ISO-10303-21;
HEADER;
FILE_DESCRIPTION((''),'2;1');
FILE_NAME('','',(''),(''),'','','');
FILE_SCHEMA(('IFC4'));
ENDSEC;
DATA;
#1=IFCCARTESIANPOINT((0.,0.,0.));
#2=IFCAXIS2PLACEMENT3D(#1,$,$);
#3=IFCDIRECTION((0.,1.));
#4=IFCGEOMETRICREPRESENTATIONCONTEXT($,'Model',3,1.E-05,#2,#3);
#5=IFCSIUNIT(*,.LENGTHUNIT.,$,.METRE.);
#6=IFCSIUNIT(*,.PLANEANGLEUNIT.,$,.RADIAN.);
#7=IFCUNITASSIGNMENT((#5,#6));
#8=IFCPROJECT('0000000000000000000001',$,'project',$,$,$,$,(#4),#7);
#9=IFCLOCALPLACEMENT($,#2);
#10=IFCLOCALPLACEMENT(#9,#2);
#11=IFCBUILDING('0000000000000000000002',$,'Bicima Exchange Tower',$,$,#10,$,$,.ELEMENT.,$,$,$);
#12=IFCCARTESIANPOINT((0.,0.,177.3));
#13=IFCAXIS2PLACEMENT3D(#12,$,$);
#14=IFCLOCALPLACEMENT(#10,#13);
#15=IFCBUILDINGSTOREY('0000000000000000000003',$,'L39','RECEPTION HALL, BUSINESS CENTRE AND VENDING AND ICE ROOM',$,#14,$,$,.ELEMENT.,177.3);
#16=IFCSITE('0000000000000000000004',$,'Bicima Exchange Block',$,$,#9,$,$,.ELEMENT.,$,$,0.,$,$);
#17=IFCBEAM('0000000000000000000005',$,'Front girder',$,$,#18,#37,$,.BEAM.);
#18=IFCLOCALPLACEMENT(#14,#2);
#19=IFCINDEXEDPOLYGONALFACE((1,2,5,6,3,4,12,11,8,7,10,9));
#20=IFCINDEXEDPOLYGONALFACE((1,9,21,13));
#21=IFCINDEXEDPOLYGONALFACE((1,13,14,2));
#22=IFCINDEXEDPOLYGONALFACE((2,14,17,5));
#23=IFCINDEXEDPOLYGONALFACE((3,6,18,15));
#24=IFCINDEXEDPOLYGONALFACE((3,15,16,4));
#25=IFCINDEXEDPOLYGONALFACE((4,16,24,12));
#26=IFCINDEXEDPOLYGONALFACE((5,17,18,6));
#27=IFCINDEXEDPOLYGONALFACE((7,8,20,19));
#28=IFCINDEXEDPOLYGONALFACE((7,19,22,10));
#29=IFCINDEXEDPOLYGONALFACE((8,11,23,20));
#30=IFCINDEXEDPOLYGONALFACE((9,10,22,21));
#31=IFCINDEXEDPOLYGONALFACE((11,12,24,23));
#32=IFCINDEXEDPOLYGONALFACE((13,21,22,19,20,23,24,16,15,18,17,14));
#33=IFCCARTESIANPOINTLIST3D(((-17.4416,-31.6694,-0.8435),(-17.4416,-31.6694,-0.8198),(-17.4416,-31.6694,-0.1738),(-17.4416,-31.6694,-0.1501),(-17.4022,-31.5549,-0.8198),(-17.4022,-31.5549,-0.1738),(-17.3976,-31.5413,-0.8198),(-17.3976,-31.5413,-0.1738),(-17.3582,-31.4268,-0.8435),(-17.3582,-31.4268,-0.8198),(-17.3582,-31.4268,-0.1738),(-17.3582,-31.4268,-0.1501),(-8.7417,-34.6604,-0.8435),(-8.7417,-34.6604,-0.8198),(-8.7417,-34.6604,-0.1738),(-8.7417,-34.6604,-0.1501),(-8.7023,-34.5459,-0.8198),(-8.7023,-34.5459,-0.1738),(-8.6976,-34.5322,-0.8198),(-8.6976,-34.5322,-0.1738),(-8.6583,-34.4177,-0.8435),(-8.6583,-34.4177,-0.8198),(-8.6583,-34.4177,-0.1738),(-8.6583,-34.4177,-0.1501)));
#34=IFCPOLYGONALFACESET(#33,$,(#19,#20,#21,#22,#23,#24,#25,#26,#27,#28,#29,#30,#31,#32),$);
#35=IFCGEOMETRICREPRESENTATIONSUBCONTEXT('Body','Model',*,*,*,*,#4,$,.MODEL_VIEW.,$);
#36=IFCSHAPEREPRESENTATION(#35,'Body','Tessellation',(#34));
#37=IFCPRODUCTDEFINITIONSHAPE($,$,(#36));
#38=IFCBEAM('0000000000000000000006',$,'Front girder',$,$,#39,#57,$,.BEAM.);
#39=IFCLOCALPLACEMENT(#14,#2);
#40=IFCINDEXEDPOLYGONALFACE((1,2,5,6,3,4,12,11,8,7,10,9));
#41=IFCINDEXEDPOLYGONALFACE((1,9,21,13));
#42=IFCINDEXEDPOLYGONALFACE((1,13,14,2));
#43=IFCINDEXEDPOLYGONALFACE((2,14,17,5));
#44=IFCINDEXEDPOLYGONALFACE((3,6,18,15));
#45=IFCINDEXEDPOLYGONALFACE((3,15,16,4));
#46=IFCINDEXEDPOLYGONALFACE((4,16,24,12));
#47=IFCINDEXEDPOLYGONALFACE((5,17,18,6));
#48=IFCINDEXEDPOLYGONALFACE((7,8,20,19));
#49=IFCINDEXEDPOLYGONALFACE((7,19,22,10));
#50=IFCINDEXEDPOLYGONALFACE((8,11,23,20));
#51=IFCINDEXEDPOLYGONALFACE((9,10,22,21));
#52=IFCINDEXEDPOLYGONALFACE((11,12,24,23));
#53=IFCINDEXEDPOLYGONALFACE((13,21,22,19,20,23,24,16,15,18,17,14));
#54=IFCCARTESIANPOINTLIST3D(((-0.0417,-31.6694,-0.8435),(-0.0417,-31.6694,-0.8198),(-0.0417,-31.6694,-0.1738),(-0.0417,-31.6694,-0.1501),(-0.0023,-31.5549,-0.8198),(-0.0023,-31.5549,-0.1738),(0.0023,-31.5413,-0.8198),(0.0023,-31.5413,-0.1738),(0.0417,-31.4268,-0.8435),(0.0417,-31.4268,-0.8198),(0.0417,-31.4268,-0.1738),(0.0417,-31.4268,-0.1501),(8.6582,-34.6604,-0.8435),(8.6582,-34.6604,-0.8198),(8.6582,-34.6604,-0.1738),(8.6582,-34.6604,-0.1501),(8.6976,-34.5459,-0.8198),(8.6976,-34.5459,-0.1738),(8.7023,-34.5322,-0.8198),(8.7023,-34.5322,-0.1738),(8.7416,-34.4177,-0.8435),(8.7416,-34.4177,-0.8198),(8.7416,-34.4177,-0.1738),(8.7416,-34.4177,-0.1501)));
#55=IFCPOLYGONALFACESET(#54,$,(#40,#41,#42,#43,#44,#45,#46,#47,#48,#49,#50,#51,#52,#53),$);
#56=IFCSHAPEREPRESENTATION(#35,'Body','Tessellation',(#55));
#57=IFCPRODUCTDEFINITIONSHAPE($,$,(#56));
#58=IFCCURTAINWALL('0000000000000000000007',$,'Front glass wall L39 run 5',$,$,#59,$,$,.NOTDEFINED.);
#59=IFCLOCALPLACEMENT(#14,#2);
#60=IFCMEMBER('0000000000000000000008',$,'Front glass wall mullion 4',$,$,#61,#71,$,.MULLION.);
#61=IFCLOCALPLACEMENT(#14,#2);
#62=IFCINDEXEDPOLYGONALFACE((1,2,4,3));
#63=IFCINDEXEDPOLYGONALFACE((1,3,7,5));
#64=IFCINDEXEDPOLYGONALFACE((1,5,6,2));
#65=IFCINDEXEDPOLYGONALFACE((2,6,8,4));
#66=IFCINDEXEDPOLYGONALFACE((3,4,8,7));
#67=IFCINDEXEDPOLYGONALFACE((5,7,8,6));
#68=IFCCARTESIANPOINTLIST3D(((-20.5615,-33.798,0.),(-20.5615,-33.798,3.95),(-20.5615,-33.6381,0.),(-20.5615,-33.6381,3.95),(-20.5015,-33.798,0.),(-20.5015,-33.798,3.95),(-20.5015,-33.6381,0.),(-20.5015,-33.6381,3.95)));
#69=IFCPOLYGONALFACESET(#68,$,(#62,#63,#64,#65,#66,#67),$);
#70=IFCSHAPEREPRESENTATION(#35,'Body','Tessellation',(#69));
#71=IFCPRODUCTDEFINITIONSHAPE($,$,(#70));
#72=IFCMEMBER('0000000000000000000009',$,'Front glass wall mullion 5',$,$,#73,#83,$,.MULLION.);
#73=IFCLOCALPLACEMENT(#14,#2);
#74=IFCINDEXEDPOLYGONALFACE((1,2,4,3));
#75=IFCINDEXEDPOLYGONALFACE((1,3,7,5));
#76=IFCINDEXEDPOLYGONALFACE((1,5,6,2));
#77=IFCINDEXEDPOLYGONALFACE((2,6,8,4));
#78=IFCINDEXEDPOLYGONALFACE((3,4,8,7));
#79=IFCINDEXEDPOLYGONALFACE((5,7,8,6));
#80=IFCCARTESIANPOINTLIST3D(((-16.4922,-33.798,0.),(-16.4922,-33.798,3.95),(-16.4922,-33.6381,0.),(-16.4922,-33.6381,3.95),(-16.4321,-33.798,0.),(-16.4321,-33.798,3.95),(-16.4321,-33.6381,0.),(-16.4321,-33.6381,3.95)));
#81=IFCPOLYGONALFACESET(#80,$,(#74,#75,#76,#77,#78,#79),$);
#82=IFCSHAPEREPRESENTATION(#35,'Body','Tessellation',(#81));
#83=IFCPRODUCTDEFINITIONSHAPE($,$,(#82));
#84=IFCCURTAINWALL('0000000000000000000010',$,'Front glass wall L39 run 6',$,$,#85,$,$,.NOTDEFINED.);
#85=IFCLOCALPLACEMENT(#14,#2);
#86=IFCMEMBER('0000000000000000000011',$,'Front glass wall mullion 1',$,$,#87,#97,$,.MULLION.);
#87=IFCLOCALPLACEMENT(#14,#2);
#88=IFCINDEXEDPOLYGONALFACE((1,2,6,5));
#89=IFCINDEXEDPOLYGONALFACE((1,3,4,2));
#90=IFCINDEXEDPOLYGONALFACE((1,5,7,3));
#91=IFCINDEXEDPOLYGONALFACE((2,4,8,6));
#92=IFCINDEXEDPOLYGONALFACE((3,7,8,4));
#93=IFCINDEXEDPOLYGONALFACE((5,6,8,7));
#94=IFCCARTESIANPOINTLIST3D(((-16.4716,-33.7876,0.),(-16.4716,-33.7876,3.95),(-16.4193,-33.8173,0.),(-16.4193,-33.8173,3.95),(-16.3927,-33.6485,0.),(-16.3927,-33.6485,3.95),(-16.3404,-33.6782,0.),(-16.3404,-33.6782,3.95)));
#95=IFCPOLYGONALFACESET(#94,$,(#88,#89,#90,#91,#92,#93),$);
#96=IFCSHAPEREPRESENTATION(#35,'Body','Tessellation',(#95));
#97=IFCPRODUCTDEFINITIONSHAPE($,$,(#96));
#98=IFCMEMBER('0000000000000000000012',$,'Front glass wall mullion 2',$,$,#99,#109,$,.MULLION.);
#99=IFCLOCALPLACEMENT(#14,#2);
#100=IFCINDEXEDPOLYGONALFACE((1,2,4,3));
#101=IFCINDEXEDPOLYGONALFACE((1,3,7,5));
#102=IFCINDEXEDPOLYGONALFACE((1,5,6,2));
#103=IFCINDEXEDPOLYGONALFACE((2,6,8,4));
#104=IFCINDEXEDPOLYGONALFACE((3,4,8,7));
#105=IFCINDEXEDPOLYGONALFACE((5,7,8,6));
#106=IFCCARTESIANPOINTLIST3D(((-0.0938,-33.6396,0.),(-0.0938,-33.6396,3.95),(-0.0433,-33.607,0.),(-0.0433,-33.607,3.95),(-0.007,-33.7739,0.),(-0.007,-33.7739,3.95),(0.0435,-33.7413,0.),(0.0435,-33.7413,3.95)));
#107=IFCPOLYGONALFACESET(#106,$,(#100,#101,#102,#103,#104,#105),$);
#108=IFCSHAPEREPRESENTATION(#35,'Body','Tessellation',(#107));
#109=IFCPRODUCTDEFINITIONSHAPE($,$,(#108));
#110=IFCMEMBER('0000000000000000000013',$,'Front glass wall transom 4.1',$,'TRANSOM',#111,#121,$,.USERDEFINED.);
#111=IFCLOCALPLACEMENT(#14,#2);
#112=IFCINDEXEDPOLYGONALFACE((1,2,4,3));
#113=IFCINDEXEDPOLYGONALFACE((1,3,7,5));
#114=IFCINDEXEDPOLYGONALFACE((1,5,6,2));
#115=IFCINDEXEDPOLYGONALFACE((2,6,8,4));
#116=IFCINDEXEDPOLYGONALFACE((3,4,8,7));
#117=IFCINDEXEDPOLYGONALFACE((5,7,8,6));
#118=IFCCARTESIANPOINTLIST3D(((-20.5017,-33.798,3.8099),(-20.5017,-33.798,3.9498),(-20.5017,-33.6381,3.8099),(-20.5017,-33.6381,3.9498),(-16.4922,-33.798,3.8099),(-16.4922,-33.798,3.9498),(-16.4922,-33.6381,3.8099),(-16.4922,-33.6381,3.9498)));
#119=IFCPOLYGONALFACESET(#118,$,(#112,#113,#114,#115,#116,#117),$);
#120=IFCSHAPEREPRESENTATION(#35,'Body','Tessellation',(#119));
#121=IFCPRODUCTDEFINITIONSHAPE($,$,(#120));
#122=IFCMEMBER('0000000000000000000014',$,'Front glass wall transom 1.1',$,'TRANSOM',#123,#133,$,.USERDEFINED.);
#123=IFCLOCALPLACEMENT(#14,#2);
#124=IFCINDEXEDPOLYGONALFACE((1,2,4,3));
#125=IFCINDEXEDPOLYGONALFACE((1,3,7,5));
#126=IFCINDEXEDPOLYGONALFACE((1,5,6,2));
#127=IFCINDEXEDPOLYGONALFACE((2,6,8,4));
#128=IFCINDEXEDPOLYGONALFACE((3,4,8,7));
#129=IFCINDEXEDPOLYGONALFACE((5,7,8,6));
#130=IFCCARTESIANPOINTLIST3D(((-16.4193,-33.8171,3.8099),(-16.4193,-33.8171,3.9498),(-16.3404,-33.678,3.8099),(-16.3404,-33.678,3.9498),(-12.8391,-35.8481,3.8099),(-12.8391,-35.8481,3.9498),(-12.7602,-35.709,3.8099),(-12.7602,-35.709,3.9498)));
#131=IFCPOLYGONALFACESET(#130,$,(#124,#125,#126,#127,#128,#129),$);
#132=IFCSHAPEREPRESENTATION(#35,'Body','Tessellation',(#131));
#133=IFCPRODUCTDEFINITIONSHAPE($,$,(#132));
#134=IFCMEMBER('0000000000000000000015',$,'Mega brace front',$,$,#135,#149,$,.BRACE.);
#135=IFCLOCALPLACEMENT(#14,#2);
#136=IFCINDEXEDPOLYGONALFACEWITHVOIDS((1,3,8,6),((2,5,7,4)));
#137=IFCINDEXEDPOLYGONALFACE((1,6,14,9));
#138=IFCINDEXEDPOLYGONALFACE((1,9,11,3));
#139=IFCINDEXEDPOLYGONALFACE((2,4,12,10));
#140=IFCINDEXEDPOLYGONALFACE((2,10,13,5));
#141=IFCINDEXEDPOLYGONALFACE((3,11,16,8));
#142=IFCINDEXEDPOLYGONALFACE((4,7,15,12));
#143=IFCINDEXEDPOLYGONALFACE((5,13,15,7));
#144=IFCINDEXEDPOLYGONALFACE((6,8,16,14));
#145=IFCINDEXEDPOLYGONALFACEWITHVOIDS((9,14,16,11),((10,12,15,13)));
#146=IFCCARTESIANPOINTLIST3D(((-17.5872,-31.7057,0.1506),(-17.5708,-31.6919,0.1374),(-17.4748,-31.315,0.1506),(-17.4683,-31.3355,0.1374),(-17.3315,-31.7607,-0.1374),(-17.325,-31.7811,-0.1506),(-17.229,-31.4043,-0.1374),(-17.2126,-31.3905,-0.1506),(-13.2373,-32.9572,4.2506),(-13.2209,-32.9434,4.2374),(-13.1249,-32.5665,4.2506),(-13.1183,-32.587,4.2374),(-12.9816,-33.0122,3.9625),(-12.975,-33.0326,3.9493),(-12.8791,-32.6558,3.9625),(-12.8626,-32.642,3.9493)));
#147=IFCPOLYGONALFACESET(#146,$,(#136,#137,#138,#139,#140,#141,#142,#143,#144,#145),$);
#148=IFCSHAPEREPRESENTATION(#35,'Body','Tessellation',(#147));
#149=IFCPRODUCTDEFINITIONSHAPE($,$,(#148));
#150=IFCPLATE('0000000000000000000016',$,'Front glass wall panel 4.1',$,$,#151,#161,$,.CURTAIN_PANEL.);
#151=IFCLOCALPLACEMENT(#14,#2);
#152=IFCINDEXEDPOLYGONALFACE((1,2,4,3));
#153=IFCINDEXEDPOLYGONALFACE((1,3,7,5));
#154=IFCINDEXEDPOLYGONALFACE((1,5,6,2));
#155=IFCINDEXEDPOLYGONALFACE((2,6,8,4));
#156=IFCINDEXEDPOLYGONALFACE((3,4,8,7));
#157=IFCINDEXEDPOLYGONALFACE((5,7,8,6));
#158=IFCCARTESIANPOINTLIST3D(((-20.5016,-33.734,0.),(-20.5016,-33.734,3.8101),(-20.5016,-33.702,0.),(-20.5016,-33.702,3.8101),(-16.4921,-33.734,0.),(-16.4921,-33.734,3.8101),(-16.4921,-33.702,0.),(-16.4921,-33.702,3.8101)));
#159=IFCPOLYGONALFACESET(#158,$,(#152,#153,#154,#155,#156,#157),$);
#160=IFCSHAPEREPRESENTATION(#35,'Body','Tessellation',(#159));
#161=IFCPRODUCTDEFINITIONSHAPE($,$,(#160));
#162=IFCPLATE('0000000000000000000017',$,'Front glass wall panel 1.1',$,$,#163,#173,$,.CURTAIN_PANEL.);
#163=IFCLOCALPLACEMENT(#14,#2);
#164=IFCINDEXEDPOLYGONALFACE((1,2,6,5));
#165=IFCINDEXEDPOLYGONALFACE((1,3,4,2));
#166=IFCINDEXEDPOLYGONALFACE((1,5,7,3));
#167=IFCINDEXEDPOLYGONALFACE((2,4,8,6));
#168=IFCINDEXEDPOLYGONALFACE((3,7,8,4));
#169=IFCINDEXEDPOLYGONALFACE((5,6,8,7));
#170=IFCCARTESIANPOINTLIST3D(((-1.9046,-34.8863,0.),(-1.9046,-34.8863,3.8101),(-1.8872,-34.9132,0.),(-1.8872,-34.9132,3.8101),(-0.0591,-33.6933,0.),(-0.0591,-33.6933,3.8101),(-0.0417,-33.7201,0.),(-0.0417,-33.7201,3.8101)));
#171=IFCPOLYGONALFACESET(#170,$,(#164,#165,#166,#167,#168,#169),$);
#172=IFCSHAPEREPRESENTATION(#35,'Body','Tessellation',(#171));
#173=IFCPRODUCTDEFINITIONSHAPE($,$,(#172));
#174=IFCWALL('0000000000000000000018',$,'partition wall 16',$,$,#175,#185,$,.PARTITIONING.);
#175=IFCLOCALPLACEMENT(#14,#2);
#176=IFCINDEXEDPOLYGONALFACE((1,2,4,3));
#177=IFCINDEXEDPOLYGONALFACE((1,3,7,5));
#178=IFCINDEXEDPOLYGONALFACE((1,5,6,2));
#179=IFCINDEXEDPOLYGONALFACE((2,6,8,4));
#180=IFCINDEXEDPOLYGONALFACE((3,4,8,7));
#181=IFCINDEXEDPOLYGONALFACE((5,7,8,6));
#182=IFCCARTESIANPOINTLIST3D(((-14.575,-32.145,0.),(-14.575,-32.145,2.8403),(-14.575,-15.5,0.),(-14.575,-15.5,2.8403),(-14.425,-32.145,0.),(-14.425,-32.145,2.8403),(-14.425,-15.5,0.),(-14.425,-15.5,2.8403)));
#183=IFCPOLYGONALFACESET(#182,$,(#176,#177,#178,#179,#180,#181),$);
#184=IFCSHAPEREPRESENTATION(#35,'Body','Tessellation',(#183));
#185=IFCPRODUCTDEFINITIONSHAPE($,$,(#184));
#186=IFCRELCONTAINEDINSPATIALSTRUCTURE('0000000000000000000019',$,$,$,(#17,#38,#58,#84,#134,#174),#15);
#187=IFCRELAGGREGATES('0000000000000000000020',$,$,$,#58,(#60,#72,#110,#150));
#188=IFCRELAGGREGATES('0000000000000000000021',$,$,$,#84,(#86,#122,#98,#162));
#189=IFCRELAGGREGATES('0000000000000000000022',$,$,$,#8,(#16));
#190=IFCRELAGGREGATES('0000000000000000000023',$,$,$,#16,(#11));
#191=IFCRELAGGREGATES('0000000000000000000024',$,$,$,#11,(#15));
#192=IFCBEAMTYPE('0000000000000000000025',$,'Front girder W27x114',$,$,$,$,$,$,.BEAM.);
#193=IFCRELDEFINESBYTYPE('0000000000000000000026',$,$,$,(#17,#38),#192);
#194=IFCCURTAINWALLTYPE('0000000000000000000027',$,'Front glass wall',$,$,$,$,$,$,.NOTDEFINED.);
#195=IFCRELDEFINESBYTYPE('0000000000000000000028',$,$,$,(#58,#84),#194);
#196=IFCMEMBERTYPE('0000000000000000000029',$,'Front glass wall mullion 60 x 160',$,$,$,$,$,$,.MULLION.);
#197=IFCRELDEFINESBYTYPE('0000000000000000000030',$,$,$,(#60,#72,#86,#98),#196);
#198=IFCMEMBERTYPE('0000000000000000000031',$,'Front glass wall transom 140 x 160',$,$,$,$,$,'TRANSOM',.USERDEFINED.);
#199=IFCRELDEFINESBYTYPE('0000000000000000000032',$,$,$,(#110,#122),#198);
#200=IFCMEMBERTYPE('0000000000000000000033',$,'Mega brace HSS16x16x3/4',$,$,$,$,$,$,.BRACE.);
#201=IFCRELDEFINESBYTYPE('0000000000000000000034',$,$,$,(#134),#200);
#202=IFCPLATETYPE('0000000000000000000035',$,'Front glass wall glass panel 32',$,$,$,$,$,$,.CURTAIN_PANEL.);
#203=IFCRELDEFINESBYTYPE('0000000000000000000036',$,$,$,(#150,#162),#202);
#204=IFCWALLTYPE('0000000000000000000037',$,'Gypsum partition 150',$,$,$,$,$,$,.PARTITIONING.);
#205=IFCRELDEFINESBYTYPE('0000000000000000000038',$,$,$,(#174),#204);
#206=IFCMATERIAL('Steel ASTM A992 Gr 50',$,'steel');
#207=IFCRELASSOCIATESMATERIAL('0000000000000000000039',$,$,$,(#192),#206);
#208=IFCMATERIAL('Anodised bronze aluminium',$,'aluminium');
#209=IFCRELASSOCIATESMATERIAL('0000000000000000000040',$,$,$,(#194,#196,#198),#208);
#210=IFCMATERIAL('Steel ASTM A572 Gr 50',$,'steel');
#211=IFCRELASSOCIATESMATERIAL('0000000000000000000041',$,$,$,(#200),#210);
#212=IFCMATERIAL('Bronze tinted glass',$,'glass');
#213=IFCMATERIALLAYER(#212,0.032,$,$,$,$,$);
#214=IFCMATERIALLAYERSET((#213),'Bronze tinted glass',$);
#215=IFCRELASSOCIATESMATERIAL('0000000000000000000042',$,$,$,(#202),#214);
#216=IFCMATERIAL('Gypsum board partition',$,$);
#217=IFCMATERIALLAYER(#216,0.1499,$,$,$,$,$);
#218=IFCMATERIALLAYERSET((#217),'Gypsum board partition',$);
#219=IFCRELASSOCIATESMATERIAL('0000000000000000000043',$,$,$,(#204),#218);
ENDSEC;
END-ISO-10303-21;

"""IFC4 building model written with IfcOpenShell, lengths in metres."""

from ifc_helpers import new_model, si_unit, direction, frame, frame_2d, origin, origin_2d, place, context, subcontext, project, spatial, rectangle, hollow_rectangle, i_section, extrude, material, layer, layer_set, material_profile, profile_set, type_object, element, aggregate, save


model = new_model("IFC4")

# Units and contexts
model_context = context("Model", 3, precision=1e-05, world=origin(), true_north=direction((0.0, 1.0)))
body_context = subcontext(model_context, "Body", "Model", "MODEL_VIEW")
ifc_project = project(units=[si_unit("LENGTHUNIT", "METRE"), si_unit("PLANEANGLEUNIT", "RADIAN")], contexts=[model_context])

# Site, building, storey
site_placement = place(None, origin())
site = spatial("IfcSite", under=ifc_project, at=site_placement, Name="Bicima Exchange Block", CompositionType="ELEMENT", RefElevation=0.0)
building_placement = place(site_placement, origin())
building = spatial("IfcBuilding", under=site, at=building_placement, Name="Bicima Exchange Tower", CompositionType="ELEMENT")
storey_placement = place(building_placement, frame((0.0, 0.0, 177.3)))
storey = spatial("IfcBuildingStorey", under=building, at=storey_placement, Name="L39", Description="RECEPTION HALL, BUSINESS CENTRE AND VENDING AND ICE ROOM", CompositionType="ELEMENT", Elevation=177.3)

# Shared definitions
ifc_material_1 = material(Name="Steel ASTM A992 Gr 50", Category="steel")

# Beams
ifc_material_profile_1 = material_profile(ifc_material_1, i_section(OverallWidth=0.2566, OverallDepth=0.6934, WebThickness=0.0144, FlangeThickness=0.0237, at=origin_2d()))
ifc_profile_set_1 = profile_set([ifc_material_profile_1], Name="Steel ASTM A992 Gr 50")
beam_type_1 = type_object("IfcBeamType", Name="Front girder W27x114", PredefinedType="BEAM", material=ifc_profile_set_1)
for number, where, z_axis, x_axis, name in (
    (1, (-17.3999, -31.5481, -0.4968), (0.945675, -0.325115, 0.0), (0.325115, 0.945675, 0.0), "Front girder"),
    (2, (0.0, -31.5481, -0.4968), (0.945675, -0.325115, 0.0), (0.325115, 0.945675, 0.0), "Front girder"),
):
    element("IfcBeam", number, at=place(storey_placement, frame(where, z_axis=z_axis, x_axis=x_axis)), inside=storey, type_object=beam_type_1, Name=name, PredefinedType="BEAM", context=body_context, shape_type="SweptSolid", body=[
        extrude(i_section(OverallWidth=0.2566, OverallDepth=0.6934, WebThickness=0.0144, FlangeThickness=0.0237, at=origin_2d()), origin(), (0.0, 0.0, 1.0), 9.1997),
    ])

# Curtain walls, members
ifc_material_2 = material(Name="Anodised bronze aluminium", Category="aluminium")
curtain_wall_type = type_object("IfcCurtainWallType", Name="Front glass wall", PredefinedType="NOTDEFINED", material=ifc_material_2)
curtain_wall_1_placement = place(storey_placement, origin())
curtain_wall_1 = element("IfcCurtainWall", 3, at=curtain_wall_1_placement, inside=storey, type_object=curtain_wall_type, Name="Front glass wall L39 run 5", PredefinedType="NOTDEFINED")
ifc_material_profile_2 = material_profile(ifc_material_2, rectangle(XDim=0.1599, YDim=0.0601, at=origin_2d()))
ifc_profile_set_2 = profile_set([ifc_material_profile_2], Name="Anodised bronze aluminium")
member_type_1 = type_object("IfcMemberType", Name="Front glass wall mullion 60 x 160", PredefinedType="MULLION", material=ifc_profile_set_2)
member_1_placement = place(storey_placement, frame((-20.5315, -33.718, 0.0), z_axis=(0.0, 0.0, 1.0), x_axis=(0.0, 1.0, 0.0)))
member_1 = element("IfcMember", 4, at=member_1_placement, type_object=member_type_1, Name="Front glass wall mullion 4", PredefinedType="MULLION", context=body_context, shape_type="SweptSolid", body=[
    extrude(rectangle(XDim=0.1599, YDim=0.0601, at=origin_2d()), origin(), (0.0, 0.0, 1.0), 3.95),
])
member_2_placement = place(storey_placement, frame((-16.4622, -33.718, 0.0), z_axis=(0.0, 0.0, 1.0), x_axis=(0.0, 1.0, 0.0)))
member_2 = element("IfcMember", 5, at=member_2_placement, type_object=member_type_1, Name="Front glass wall mullion 5", PredefinedType="MULLION", context=body_context, shape_type="SweptSolid", body=[
    extrude(rectangle(XDim=0.1599, YDim=0.0601, at=origin_2d()), origin(), (0.0, 0.0, 1.0), 3.95),
])
curtain_wall_2_placement = place(storey_placement, origin())
curtain_wall_2 = element("IfcCurtainWall", 6, at=curtain_wall_2_placement, inside=storey, type_object=curtain_wall_type, Name="Front glass wall L39 run 6", PredefinedType="NOTDEFINED")
member_3_placement = place(storey_placement, frame((-16.406, -33.7329, 0.0), z_axis=(0.0, 0.0, 1.0), x_axis=(0.493395, 0.869805, 0.0)))
member_3 = element("IfcMember", 7, at=member_3_placement, type_object=member_type_1, Name="Front glass wall mullion 1", PredefinedType="MULLION", context=body_context, shape_type="SweptSolid", body=[
    extrude(rectangle(XDim=0.1599, YDim=0.0601, at=origin_2d()), origin(), (0.0, 0.0, 1.0), 3.95),
])
member_4_placement = place(storey_placement, frame((-0.0251, -33.6904, 0.0), z_axis=(0.0, 0.0, 1.0), x_axis=(-0.542897, 0.839799, 0.0)))
member_4 = element("IfcMember", 8, at=member_4_placement, type_object=member_type_1, Name="Front glass wall mullion 2", PredefinedType="MULLION", context=body_context, shape_type="SweptSolid", body=[
    extrude(rectangle(XDim=0.1599, YDim=0.0601, at=origin_2d()), origin(), (0.0, 0.0, 1.0), 3.95),
])

# Members
ifc_material_profile_3 = material_profile(ifc_material_2, rectangle(XDim=0.1599, YDim=0.1399, at=origin_2d()))
ifc_profile_set_3 = profile_set([ifc_material_profile_3], Name="Anodised bronze aluminium")
member_type_2 = type_object("IfcMemberType", Name="Front glass wall transom 140 x 160", ElementType="TRANSOM", PredefinedType="USERDEFINED", material=ifc_profile_set_3)
member_5_placement = place(storey_placement, frame((-20.5017, -33.718, 3.8799), z_axis=(1.0, 0.0, 0.0), x_axis=(0.0, 1.0, 0.0)))
member_5 = element("IfcMember", 9, at=member_5_placement, type_object=member_type_2, Name="Front glass wall transom 4.1", ObjectType="TRANSOM", PredefinedType="USERDEFINED", context=body_context, shape_type="SweptSolid", body=[
    extrude(rectangle(XDim=0.1599, YDim=0.1399, at=origin_2d()), origin(), (0.0, 0.0, 1.0), 4.0095),
])
member_6_placement = place(storey_placement, frame((-16.3799, -33.7476, 3.8799), z_axis=(0.869797, -0.493409, 0.0), x_axis=(0.493409, 0.869797, 0.0)))
member_6 = element("IfcMember", 10, at=member_6_placement, type_object=member_type_2, Name="Front glass wall transom 1.1", ObjectType="TRANSOM", PredefinedType="USERDEFINED", context=body_context, shape_type="SweptSolid", body=[
    extrude(rectangle(XDim=0.1599, YDim=0.1399, at=origin_2d()), origin(), (0.0, 0.0, 1.0), 4.1162),
])
ifc_material_3 = material(Name="Steel ASTM A572 Gr 50", Category="steel")
ifc_material_profile_4 = material_profile(ifc_material_3, hollow_rectangle(XDim=0.4065, YDim=0.4065, WallThickness=0.0178, at=origin_2d()))
ifc_profile_set_4 = profile_set([ifc_material_profile_4], Name="Steel ASTM A572 Gr 50")
member_type_3 = type_object("IfcMemberType", Name="Mega brace HSS16x16x3/4", PredefinedType="BRACE", material=ifc_profile_set_4)
member_7_placement = place(storey_placement, frame((-17.3999, -31.5481, 0.0), z_axis=(0.712266, -0.204921, 0.67133), x_axis=(0.276487, 0.961018, 0.0)))
element("IfcMember", 11, at=member_7_placement, inside=storey, type_object=member_type_3, Name="Mega brace front", PredefinedType="BRACE", context=body_context, shape_type="SweptSolid", body=[
    extrude(hollow_rectangle(XDim=0.4065, YDim=0.4065, WallThickness=0.0178, at=origin_2d()), origin(), (0.0, 0.0, 1.0), 6.1072),
])

# Plates
ifc_material_4 = material(Name="Bronze tinted glass", Category="glass")
ifc_layer_1 = layer(ifc_material_4, 0.032)
ifc_layer_set_1 = layer_set([ifc_layer_1], Name="Bronze tinted glass")
plate_type = type_object("IfcPlateType", Name="Front glass wall glass panel 32", PredefinedType="CURTAIN_PANEL", material=ifc_layer_set_1)
plate_1_placement = place(storey_placement, frame((-18.4968, -33.718, 0.0), z_axis=(0.0, 0.0, 1.0), x_axis=(1.0, 0.0, 0.0)))
plate_1 = element("IfcPlate", 12, at=plate_1_placement, type_object=plate_type, Name="Front glass wall panel 4.1", PredefinedType="CURTAIN_PANEL", context=body_context, shape_type="SweptSolid", body=[
    extrude(rectangle(XDim=4.0095, YDim=0.032, at=origin_2d()), origin(), (0.0, 0.0, 1.0), 3.8101),
])
aggregate(curtain_wall_1, [member_1, member_2, member_5, plate_1])
plate_2_placement = place(storey_placement, frame((-0.9731, -34.3032, 0.0), z_axis=(0.0, 0.0, 1.0), x_axis=(0.839799, 0.542897, 0.0)))
plate_2 = element("IfcPlate", 13, at=plate_2_placement, type_object=plate_type, Name="Front glass wall panel 1.1", PredefinedType="CURTAIN_PANEL", context=body_context, shape_type="SweptSolid", body=[
    extrude(rectangle(XDim=2.1975, YDim=0.032, at=origin_2d()), origin(), (0.0, 0.0, 1.0), 3.8101),
])
aggregate(curtain_wall_2, [member_3, member_6, member_4, plate_2])

# Wall
ifc_material_5 = material(Name="Gypsum board partition")
ifc_layer_2 = layer(ifc_material_5, 0.1499)
ifc_layer_set_2 = layer_set([ifc_layer_2], Name="Gypsum board partition")
wall_type = type_object("IfcWallType", Name="Gypsum partition 150", PredefinedType="PARTITIONING", material=ifc_layer_set_2)
wall_1_placement = place(storey_placement, frame((-14.5, -32.145, 0.0), z_axis=(0.0, 0.0, 1.0), x_axis=(0.0, 1.0, 0.0)))
element("IfcWall", 14, at=wall_1_placement, inside=storey, type_object=wall_type, Name="partition wall 16", PredefinedType="PARTITIONING", context=body_context, shape_type="SweptSolid", body=[
    extrude(rectangle(XDim=16.645, YDim=0.1499, at=frame_2d((8.3225, 0.0))), origin(), (0.0, 0.0, 1.0), 2.8403),
])

save(model, "model.ifc")
